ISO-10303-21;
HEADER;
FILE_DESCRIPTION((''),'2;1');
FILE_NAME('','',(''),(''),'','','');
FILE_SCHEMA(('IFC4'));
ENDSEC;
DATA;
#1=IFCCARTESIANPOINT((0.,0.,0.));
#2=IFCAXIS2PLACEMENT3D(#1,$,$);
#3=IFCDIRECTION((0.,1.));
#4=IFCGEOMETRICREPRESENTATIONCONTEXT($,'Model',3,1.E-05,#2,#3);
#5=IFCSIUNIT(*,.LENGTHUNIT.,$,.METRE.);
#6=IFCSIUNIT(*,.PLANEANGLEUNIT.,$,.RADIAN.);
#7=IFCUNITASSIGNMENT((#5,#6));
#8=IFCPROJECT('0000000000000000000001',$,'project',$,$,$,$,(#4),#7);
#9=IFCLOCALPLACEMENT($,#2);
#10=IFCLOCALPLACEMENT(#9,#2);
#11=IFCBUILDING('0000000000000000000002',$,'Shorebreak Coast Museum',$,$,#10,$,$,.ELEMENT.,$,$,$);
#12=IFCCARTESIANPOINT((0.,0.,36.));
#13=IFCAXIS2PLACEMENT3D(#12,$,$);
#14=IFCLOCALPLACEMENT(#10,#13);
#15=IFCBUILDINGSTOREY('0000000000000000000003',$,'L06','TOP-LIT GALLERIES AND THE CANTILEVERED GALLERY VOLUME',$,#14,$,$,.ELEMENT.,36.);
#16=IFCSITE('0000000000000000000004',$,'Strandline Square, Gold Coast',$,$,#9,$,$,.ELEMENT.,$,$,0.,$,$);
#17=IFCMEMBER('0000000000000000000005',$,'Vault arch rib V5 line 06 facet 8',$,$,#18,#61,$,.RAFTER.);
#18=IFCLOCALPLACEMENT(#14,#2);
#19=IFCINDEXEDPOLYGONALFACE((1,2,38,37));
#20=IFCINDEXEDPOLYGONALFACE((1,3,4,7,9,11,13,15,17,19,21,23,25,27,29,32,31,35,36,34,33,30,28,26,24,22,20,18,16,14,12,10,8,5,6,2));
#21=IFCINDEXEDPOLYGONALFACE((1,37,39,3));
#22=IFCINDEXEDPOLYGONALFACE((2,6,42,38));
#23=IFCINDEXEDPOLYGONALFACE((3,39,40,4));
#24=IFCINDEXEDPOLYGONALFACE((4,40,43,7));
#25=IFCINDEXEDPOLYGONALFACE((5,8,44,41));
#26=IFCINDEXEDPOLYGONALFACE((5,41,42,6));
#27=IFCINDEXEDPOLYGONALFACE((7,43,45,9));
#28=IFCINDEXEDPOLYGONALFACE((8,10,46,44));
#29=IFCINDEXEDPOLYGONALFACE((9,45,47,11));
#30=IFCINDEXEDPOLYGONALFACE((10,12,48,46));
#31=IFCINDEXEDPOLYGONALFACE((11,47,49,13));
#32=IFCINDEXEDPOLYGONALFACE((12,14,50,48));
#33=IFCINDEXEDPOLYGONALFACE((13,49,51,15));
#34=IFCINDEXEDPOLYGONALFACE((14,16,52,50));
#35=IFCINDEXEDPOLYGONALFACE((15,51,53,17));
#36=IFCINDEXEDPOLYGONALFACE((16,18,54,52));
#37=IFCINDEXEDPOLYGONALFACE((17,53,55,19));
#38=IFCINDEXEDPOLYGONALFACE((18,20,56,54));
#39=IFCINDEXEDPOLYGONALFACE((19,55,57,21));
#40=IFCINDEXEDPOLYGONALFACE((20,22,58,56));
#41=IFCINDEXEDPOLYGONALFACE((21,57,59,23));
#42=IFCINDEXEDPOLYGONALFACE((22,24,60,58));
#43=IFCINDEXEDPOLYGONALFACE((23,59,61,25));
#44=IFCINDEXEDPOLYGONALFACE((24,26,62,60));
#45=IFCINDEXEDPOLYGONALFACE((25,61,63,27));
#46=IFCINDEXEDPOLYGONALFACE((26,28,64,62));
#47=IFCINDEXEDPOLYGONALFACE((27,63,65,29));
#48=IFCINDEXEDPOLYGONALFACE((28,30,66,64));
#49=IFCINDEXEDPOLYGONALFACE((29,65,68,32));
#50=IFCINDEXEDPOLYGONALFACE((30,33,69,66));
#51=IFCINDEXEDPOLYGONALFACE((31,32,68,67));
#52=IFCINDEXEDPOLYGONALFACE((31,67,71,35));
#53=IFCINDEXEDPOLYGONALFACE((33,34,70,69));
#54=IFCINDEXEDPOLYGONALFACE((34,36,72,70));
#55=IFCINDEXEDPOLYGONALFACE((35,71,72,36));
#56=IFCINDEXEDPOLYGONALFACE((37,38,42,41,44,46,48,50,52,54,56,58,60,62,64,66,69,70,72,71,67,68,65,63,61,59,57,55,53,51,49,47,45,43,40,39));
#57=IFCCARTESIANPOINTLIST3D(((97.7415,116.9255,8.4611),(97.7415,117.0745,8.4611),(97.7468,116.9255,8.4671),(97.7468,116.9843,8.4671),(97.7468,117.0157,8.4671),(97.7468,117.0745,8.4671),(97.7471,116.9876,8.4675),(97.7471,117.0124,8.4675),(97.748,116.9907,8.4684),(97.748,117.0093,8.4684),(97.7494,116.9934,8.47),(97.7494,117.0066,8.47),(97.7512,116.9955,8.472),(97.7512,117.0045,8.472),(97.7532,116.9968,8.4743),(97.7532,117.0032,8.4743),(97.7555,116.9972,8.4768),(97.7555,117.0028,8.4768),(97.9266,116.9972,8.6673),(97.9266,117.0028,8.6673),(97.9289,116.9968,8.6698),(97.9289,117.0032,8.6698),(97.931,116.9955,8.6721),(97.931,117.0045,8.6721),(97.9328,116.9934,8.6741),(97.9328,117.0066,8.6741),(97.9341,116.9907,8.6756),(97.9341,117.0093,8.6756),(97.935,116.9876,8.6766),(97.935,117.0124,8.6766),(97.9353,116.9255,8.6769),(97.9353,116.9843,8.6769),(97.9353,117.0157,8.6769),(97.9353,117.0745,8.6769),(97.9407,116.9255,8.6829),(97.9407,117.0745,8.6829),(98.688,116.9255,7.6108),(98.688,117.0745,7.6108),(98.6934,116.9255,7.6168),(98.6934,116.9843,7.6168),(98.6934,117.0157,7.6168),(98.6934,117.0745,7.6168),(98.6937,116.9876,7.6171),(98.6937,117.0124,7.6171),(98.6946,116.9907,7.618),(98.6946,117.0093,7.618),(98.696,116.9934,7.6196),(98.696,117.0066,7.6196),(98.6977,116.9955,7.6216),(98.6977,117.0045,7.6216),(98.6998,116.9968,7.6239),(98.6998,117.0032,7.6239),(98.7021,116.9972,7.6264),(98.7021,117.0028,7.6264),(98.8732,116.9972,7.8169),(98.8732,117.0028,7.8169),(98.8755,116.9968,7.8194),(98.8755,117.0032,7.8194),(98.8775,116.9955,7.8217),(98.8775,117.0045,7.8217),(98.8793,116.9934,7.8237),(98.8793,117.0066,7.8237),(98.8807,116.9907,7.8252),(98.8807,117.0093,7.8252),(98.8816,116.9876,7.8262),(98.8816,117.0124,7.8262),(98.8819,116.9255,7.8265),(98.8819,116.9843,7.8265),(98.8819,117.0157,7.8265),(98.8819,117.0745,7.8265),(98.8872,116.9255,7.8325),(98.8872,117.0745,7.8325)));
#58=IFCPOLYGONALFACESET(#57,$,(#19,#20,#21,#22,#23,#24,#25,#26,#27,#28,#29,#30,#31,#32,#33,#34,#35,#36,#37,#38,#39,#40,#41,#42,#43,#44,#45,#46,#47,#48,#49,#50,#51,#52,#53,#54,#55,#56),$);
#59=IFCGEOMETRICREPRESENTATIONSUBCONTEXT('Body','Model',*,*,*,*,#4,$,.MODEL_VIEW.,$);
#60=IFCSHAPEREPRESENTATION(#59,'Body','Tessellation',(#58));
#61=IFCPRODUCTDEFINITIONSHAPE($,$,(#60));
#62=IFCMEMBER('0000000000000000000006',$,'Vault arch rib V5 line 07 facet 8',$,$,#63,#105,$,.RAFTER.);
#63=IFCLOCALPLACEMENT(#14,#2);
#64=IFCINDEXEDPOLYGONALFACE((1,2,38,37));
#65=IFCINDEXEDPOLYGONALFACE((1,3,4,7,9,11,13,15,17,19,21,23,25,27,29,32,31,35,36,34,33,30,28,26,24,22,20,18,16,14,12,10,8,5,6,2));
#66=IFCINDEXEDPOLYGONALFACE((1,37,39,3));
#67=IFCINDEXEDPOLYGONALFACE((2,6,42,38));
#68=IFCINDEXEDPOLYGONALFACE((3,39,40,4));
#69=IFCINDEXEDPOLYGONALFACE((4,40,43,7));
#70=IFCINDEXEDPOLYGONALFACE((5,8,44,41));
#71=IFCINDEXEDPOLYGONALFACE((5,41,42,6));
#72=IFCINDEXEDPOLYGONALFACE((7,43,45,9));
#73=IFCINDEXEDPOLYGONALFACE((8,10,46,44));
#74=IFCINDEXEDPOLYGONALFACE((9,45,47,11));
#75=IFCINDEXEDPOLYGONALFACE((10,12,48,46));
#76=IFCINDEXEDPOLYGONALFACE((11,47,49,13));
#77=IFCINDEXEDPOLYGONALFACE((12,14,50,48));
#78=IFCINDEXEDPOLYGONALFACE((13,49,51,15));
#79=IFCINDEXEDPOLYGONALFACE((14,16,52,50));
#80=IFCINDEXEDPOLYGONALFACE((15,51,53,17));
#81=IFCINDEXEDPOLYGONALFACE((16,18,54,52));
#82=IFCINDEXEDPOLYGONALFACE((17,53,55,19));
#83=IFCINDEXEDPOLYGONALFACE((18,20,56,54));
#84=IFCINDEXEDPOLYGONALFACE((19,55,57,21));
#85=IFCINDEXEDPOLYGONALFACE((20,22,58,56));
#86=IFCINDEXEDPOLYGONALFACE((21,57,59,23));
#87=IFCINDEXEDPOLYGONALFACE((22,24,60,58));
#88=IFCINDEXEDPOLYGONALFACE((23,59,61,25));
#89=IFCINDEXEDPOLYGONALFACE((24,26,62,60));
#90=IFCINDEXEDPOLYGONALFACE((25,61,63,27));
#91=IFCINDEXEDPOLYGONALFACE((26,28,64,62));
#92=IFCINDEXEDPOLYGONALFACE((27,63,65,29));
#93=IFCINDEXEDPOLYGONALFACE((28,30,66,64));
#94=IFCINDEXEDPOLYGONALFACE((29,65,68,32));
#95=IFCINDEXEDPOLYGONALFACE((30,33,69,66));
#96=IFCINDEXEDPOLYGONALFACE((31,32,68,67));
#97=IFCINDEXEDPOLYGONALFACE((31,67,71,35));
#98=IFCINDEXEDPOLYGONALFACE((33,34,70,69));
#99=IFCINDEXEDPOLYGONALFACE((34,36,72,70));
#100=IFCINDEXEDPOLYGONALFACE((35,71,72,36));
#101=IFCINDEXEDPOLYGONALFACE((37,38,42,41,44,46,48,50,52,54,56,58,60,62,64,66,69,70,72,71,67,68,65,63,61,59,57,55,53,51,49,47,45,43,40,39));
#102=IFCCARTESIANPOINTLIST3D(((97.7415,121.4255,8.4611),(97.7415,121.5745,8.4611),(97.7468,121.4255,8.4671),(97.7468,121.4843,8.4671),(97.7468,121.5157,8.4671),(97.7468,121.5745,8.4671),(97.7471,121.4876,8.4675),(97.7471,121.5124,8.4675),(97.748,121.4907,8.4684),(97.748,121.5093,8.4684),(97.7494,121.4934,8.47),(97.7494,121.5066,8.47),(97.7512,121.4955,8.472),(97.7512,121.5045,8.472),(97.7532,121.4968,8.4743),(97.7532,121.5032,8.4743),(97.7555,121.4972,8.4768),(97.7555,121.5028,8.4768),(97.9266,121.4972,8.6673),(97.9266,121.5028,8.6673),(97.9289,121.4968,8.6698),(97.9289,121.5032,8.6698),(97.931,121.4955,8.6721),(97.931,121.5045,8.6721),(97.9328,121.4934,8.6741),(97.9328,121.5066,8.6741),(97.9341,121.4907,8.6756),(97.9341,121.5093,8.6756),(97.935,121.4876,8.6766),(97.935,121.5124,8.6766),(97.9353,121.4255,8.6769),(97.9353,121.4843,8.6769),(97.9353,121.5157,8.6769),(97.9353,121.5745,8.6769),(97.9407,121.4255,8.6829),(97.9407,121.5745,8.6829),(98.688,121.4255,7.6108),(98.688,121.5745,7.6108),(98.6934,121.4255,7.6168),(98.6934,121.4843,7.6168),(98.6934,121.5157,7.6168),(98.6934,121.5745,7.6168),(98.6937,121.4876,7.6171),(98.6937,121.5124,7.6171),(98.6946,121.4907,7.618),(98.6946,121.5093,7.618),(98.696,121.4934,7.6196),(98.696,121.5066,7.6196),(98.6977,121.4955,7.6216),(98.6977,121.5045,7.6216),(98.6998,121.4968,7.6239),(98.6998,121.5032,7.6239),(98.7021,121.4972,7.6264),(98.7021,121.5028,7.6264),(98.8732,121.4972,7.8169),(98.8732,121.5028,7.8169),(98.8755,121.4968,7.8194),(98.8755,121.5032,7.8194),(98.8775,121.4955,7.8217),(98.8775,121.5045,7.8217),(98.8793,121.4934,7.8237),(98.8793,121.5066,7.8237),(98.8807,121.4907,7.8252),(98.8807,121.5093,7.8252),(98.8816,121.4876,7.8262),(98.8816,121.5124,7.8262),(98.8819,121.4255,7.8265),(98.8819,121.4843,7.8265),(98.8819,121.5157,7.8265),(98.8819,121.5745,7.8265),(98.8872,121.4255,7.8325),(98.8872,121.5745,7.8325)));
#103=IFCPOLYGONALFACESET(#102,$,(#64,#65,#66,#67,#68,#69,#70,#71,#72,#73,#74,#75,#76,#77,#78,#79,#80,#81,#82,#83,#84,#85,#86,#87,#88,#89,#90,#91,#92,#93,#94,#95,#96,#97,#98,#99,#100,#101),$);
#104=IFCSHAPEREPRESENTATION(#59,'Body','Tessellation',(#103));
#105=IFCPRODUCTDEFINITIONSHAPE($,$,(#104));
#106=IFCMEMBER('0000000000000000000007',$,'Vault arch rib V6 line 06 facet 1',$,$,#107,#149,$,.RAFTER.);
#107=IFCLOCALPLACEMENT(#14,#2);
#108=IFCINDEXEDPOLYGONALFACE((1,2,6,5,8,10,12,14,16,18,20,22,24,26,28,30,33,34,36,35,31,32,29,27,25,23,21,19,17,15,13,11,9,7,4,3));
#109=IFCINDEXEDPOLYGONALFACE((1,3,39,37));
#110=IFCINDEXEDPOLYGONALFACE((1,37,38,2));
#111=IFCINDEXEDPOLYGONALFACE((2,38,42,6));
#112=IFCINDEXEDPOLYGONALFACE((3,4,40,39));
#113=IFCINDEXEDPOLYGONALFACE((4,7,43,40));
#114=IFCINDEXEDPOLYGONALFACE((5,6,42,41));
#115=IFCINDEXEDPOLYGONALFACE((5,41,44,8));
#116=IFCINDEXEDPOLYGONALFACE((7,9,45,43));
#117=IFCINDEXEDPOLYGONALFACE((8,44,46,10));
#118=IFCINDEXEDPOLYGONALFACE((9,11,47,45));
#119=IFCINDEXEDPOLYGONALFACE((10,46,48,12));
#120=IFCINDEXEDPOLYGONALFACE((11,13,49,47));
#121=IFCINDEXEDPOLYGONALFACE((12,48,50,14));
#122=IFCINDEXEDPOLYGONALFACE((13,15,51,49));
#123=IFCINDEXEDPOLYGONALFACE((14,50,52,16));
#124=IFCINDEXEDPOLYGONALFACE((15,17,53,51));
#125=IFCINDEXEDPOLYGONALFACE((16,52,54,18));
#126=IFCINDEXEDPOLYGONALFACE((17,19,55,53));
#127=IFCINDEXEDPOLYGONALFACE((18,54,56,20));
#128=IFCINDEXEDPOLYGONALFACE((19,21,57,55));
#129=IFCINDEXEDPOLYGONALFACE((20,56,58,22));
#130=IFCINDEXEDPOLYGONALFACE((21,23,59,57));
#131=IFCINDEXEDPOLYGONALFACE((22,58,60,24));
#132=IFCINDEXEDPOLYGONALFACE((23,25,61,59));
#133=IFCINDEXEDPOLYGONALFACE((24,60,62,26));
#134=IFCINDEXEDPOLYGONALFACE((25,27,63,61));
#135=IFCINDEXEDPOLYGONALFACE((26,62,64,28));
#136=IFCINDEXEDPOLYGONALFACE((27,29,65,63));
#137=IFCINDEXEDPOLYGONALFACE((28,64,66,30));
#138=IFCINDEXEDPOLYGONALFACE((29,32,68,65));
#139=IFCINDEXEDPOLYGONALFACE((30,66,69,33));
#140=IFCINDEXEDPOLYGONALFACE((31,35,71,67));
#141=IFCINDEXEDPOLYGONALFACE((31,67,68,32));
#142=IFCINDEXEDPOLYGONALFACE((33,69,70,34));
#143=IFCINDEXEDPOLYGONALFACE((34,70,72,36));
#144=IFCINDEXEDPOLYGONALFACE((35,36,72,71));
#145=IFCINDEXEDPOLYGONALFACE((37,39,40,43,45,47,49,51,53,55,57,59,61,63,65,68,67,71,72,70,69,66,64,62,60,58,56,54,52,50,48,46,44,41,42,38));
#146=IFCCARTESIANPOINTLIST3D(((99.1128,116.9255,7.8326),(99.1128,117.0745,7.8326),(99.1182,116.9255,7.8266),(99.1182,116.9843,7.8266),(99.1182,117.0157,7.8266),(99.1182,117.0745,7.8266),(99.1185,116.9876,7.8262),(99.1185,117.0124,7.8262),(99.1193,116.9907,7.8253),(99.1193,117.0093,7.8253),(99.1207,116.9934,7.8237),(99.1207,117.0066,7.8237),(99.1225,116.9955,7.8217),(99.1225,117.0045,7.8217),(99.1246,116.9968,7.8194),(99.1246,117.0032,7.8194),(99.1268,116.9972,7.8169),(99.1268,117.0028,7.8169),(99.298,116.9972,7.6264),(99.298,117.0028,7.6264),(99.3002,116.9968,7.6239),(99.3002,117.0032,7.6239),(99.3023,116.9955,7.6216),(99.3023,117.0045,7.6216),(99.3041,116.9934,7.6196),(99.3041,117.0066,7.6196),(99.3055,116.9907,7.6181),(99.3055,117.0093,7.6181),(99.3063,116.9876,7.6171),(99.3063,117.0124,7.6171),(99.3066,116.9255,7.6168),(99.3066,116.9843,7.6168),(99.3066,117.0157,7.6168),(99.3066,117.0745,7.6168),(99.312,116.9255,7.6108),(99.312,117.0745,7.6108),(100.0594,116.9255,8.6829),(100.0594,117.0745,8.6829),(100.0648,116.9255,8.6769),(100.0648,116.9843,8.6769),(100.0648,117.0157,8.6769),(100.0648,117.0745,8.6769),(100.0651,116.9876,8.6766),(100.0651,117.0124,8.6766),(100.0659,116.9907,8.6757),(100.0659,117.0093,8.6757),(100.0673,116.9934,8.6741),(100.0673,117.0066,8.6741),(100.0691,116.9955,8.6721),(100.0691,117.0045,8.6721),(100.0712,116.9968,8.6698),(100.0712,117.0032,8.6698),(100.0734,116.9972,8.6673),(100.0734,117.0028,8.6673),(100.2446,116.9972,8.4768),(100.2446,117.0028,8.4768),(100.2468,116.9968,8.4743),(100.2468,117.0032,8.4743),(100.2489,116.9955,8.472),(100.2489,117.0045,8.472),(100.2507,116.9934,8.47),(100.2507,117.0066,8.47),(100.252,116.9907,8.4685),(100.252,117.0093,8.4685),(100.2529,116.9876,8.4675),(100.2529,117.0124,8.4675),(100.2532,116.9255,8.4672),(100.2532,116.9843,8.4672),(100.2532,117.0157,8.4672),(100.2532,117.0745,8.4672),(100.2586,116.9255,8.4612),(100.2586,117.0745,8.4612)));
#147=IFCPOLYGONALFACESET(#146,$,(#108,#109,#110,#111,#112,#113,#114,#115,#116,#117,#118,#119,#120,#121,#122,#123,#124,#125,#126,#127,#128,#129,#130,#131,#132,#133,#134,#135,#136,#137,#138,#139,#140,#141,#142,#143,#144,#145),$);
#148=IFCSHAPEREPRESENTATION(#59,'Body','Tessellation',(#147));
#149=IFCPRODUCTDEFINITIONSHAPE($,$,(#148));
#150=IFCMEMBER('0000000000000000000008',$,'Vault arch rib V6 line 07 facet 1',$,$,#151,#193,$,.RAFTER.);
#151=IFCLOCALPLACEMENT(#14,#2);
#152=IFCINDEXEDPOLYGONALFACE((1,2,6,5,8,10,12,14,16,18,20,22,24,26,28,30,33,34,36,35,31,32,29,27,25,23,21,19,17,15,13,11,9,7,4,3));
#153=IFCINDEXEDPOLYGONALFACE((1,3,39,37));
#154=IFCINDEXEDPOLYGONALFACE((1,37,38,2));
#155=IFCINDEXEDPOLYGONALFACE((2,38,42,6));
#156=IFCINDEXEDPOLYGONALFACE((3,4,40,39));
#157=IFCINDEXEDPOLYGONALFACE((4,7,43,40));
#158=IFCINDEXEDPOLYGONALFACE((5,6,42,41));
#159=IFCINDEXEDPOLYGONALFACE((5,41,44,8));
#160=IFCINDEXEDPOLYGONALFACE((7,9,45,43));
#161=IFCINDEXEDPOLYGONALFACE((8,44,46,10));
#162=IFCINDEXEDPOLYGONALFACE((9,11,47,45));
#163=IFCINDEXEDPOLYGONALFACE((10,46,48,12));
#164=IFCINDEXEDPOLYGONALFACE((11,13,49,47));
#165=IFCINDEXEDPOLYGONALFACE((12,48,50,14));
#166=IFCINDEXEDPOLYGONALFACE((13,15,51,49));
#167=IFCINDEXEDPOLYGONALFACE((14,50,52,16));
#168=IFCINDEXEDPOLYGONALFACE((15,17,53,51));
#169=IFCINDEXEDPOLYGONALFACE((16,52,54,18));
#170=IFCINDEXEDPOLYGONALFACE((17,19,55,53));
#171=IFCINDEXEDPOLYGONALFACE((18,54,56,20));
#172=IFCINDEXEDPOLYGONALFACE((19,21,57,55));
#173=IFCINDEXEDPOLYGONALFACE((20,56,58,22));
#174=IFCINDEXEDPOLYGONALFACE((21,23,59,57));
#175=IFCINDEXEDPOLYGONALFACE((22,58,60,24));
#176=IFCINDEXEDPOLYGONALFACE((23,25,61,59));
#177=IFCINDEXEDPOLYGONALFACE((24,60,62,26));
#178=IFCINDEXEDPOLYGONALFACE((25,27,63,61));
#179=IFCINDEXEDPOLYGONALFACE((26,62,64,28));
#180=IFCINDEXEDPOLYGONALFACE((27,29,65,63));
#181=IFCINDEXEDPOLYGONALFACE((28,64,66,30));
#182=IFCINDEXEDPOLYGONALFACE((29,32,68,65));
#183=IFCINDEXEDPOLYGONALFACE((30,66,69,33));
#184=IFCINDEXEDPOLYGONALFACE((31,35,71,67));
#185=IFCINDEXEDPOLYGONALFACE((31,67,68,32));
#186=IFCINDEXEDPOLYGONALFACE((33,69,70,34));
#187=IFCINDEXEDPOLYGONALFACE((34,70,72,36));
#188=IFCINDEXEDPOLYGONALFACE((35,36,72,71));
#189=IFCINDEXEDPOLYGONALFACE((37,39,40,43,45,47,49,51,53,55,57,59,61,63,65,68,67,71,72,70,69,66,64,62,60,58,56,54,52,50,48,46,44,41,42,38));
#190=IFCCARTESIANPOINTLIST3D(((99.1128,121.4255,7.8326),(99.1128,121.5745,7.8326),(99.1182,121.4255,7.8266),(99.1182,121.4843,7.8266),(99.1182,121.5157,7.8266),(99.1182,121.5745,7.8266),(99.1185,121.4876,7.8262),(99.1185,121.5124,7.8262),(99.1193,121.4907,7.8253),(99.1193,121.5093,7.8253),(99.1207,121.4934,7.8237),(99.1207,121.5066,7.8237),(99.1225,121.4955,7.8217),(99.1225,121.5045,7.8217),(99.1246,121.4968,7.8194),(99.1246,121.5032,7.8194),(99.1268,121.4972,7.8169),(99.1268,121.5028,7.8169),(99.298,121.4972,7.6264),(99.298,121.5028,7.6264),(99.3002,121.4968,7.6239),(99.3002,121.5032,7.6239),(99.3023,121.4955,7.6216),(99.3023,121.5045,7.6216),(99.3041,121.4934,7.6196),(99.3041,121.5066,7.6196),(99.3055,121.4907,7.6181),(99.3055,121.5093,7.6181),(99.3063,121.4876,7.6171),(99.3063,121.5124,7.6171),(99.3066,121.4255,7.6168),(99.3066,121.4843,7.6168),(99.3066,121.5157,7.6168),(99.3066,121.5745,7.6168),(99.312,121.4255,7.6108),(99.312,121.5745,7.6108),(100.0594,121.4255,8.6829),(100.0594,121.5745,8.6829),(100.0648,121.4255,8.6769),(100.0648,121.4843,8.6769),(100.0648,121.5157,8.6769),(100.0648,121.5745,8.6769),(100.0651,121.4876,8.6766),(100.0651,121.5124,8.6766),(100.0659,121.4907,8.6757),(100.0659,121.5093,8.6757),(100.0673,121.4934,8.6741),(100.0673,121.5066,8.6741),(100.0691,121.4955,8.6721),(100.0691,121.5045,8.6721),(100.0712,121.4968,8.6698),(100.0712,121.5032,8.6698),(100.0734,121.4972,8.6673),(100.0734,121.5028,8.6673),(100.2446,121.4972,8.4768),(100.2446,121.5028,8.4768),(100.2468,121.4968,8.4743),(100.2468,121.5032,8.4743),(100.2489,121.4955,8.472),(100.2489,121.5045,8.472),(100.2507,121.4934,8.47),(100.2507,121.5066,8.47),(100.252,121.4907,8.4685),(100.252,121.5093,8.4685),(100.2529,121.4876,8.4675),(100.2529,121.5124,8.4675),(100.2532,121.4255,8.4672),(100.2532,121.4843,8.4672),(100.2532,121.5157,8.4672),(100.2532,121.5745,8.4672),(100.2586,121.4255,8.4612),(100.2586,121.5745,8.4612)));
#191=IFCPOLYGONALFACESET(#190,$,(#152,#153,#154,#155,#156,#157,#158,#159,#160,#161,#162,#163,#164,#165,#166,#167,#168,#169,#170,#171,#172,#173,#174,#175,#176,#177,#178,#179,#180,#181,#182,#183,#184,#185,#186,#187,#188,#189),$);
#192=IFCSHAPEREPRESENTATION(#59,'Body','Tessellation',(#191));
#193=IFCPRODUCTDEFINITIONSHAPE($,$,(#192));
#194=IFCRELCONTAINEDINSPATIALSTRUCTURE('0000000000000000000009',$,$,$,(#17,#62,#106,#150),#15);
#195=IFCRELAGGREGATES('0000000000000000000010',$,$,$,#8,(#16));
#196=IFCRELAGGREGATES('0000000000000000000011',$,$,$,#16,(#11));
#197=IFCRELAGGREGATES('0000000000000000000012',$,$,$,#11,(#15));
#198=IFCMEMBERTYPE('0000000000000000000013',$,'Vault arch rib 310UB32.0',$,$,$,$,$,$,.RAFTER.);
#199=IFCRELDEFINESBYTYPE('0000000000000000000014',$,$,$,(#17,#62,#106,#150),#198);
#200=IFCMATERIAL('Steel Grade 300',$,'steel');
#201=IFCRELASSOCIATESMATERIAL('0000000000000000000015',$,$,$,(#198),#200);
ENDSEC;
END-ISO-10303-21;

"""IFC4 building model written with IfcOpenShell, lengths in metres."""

from ifc_helpers import new_model, si_unit, direction, frame, origin, origin_2d, place, context, subcontext, project, spatial, i_section, extrude, material, material_profile, profile_set, type_object, element, save


model = new_model("IFC4")

# Units and contexts
model_context = context("Model", 3, precision=1e-05, world=origin(), true_north=direction((0.0, 1.0)))
body_context = subcontext(model_context, "Body", "Model", "MODEL_VIEW")
ifc_project = project(units=[si_unit("LENGTHUNIT", "METRE"), si_unit("PLANEANGLEUNIT", "RADIAN")], contexts=[model_context])

# Site, building, storey
site_placement = place(None, origin())
site = spatial("IfcSite", under=ifc_project, at=site_placement, Name="Strandline Square, Gold Coast", CompositionType="ELEMENT", RefElevation=0.0)
building_placement = place(site_placement, origin())
building = spatial("IfcBuilding", under=site, at=building_placement, Name="Shorebreak Coast Museum", CompositionType="ELEMENT")
storey_placement = place(building_placement, frame((0.0, 0.0, 36.0)))
storey = spatial("IfcBuildingStorey", under=building, at=storey_placement, Name="L06", Description="TOP-LIT GALLERIES AND THE CANTILEVERED GALLERY VOLUME", CompositionType="ELEMENT", Elevation=36.0)

# Members
ifc_material_1 = material(Name="Steel Grade 300", Category="steel")
ifc_material_profile_1 = material_profile(ifc_material_1, i_section(OverallWidth=0.1489, OverallDepth=0.2981, WebThickness=0.0056, FlangeThickness=0.0081, FilletRadius=0.0129, at=origin_2d()), Name="310UB32.0")
ifc_profile_set_1 = profile_set([ifc_material_profile_1], Name="Steel Grade 300")
member_type_1 = type_object("IfcMemberType", Name="Vault arch rib 310UB32.0", PredefinedType="RAFTER", material=ifc_profile_set_1)
for number, where, z_axis, x_axis, name in (
    (1, (97.8411, 117.0, 8.572), (0.743895, 0.0, -0.668297), (0.0, 1.0, 0.0), "Vault arch rib V5 line 06 facet 8"),
    (2, (97.8411, 121.5, 8.572), (0.743895, 0.0, -0.668297), (0.0, 1.0, 0.0), "Vault arch rib V5 line 07 facet 8"),
    (3, (99.2124, 117.0, 7.7217), (0.743895, 0.0, 0.668297), (0.0, 1.0, 0.0), "Vault arch rib V6 line 06 facet 1"),
    (4, (99.2124, 121.5, 7.7217), (0.743895, 0.0, 0.668297), (0.0, 1.0, 0.0), "Vault arch rib V6 line 07 facet 1"),
):
    element("IfcMember", number, at=place(storey_placement, frame(where, z_axis=z_axis, x_axis=x_axis)), inside=storey, type_object=member_type_1, Name=name, PredefinedType="RAFTER", context=body_context, shape_type="SweptSolid", body=[
        extrude(i_section(OverallWidth=0.1489, OverallDepth=0.2981, WebThickness=0.0056, FlangeThickness=0.0081, FilletRadius=0.0129, at=origin_2d()), origin(), (0.0, 0.0, 1.0), 1.2725),
    ])

save(model, "model.ifc")
